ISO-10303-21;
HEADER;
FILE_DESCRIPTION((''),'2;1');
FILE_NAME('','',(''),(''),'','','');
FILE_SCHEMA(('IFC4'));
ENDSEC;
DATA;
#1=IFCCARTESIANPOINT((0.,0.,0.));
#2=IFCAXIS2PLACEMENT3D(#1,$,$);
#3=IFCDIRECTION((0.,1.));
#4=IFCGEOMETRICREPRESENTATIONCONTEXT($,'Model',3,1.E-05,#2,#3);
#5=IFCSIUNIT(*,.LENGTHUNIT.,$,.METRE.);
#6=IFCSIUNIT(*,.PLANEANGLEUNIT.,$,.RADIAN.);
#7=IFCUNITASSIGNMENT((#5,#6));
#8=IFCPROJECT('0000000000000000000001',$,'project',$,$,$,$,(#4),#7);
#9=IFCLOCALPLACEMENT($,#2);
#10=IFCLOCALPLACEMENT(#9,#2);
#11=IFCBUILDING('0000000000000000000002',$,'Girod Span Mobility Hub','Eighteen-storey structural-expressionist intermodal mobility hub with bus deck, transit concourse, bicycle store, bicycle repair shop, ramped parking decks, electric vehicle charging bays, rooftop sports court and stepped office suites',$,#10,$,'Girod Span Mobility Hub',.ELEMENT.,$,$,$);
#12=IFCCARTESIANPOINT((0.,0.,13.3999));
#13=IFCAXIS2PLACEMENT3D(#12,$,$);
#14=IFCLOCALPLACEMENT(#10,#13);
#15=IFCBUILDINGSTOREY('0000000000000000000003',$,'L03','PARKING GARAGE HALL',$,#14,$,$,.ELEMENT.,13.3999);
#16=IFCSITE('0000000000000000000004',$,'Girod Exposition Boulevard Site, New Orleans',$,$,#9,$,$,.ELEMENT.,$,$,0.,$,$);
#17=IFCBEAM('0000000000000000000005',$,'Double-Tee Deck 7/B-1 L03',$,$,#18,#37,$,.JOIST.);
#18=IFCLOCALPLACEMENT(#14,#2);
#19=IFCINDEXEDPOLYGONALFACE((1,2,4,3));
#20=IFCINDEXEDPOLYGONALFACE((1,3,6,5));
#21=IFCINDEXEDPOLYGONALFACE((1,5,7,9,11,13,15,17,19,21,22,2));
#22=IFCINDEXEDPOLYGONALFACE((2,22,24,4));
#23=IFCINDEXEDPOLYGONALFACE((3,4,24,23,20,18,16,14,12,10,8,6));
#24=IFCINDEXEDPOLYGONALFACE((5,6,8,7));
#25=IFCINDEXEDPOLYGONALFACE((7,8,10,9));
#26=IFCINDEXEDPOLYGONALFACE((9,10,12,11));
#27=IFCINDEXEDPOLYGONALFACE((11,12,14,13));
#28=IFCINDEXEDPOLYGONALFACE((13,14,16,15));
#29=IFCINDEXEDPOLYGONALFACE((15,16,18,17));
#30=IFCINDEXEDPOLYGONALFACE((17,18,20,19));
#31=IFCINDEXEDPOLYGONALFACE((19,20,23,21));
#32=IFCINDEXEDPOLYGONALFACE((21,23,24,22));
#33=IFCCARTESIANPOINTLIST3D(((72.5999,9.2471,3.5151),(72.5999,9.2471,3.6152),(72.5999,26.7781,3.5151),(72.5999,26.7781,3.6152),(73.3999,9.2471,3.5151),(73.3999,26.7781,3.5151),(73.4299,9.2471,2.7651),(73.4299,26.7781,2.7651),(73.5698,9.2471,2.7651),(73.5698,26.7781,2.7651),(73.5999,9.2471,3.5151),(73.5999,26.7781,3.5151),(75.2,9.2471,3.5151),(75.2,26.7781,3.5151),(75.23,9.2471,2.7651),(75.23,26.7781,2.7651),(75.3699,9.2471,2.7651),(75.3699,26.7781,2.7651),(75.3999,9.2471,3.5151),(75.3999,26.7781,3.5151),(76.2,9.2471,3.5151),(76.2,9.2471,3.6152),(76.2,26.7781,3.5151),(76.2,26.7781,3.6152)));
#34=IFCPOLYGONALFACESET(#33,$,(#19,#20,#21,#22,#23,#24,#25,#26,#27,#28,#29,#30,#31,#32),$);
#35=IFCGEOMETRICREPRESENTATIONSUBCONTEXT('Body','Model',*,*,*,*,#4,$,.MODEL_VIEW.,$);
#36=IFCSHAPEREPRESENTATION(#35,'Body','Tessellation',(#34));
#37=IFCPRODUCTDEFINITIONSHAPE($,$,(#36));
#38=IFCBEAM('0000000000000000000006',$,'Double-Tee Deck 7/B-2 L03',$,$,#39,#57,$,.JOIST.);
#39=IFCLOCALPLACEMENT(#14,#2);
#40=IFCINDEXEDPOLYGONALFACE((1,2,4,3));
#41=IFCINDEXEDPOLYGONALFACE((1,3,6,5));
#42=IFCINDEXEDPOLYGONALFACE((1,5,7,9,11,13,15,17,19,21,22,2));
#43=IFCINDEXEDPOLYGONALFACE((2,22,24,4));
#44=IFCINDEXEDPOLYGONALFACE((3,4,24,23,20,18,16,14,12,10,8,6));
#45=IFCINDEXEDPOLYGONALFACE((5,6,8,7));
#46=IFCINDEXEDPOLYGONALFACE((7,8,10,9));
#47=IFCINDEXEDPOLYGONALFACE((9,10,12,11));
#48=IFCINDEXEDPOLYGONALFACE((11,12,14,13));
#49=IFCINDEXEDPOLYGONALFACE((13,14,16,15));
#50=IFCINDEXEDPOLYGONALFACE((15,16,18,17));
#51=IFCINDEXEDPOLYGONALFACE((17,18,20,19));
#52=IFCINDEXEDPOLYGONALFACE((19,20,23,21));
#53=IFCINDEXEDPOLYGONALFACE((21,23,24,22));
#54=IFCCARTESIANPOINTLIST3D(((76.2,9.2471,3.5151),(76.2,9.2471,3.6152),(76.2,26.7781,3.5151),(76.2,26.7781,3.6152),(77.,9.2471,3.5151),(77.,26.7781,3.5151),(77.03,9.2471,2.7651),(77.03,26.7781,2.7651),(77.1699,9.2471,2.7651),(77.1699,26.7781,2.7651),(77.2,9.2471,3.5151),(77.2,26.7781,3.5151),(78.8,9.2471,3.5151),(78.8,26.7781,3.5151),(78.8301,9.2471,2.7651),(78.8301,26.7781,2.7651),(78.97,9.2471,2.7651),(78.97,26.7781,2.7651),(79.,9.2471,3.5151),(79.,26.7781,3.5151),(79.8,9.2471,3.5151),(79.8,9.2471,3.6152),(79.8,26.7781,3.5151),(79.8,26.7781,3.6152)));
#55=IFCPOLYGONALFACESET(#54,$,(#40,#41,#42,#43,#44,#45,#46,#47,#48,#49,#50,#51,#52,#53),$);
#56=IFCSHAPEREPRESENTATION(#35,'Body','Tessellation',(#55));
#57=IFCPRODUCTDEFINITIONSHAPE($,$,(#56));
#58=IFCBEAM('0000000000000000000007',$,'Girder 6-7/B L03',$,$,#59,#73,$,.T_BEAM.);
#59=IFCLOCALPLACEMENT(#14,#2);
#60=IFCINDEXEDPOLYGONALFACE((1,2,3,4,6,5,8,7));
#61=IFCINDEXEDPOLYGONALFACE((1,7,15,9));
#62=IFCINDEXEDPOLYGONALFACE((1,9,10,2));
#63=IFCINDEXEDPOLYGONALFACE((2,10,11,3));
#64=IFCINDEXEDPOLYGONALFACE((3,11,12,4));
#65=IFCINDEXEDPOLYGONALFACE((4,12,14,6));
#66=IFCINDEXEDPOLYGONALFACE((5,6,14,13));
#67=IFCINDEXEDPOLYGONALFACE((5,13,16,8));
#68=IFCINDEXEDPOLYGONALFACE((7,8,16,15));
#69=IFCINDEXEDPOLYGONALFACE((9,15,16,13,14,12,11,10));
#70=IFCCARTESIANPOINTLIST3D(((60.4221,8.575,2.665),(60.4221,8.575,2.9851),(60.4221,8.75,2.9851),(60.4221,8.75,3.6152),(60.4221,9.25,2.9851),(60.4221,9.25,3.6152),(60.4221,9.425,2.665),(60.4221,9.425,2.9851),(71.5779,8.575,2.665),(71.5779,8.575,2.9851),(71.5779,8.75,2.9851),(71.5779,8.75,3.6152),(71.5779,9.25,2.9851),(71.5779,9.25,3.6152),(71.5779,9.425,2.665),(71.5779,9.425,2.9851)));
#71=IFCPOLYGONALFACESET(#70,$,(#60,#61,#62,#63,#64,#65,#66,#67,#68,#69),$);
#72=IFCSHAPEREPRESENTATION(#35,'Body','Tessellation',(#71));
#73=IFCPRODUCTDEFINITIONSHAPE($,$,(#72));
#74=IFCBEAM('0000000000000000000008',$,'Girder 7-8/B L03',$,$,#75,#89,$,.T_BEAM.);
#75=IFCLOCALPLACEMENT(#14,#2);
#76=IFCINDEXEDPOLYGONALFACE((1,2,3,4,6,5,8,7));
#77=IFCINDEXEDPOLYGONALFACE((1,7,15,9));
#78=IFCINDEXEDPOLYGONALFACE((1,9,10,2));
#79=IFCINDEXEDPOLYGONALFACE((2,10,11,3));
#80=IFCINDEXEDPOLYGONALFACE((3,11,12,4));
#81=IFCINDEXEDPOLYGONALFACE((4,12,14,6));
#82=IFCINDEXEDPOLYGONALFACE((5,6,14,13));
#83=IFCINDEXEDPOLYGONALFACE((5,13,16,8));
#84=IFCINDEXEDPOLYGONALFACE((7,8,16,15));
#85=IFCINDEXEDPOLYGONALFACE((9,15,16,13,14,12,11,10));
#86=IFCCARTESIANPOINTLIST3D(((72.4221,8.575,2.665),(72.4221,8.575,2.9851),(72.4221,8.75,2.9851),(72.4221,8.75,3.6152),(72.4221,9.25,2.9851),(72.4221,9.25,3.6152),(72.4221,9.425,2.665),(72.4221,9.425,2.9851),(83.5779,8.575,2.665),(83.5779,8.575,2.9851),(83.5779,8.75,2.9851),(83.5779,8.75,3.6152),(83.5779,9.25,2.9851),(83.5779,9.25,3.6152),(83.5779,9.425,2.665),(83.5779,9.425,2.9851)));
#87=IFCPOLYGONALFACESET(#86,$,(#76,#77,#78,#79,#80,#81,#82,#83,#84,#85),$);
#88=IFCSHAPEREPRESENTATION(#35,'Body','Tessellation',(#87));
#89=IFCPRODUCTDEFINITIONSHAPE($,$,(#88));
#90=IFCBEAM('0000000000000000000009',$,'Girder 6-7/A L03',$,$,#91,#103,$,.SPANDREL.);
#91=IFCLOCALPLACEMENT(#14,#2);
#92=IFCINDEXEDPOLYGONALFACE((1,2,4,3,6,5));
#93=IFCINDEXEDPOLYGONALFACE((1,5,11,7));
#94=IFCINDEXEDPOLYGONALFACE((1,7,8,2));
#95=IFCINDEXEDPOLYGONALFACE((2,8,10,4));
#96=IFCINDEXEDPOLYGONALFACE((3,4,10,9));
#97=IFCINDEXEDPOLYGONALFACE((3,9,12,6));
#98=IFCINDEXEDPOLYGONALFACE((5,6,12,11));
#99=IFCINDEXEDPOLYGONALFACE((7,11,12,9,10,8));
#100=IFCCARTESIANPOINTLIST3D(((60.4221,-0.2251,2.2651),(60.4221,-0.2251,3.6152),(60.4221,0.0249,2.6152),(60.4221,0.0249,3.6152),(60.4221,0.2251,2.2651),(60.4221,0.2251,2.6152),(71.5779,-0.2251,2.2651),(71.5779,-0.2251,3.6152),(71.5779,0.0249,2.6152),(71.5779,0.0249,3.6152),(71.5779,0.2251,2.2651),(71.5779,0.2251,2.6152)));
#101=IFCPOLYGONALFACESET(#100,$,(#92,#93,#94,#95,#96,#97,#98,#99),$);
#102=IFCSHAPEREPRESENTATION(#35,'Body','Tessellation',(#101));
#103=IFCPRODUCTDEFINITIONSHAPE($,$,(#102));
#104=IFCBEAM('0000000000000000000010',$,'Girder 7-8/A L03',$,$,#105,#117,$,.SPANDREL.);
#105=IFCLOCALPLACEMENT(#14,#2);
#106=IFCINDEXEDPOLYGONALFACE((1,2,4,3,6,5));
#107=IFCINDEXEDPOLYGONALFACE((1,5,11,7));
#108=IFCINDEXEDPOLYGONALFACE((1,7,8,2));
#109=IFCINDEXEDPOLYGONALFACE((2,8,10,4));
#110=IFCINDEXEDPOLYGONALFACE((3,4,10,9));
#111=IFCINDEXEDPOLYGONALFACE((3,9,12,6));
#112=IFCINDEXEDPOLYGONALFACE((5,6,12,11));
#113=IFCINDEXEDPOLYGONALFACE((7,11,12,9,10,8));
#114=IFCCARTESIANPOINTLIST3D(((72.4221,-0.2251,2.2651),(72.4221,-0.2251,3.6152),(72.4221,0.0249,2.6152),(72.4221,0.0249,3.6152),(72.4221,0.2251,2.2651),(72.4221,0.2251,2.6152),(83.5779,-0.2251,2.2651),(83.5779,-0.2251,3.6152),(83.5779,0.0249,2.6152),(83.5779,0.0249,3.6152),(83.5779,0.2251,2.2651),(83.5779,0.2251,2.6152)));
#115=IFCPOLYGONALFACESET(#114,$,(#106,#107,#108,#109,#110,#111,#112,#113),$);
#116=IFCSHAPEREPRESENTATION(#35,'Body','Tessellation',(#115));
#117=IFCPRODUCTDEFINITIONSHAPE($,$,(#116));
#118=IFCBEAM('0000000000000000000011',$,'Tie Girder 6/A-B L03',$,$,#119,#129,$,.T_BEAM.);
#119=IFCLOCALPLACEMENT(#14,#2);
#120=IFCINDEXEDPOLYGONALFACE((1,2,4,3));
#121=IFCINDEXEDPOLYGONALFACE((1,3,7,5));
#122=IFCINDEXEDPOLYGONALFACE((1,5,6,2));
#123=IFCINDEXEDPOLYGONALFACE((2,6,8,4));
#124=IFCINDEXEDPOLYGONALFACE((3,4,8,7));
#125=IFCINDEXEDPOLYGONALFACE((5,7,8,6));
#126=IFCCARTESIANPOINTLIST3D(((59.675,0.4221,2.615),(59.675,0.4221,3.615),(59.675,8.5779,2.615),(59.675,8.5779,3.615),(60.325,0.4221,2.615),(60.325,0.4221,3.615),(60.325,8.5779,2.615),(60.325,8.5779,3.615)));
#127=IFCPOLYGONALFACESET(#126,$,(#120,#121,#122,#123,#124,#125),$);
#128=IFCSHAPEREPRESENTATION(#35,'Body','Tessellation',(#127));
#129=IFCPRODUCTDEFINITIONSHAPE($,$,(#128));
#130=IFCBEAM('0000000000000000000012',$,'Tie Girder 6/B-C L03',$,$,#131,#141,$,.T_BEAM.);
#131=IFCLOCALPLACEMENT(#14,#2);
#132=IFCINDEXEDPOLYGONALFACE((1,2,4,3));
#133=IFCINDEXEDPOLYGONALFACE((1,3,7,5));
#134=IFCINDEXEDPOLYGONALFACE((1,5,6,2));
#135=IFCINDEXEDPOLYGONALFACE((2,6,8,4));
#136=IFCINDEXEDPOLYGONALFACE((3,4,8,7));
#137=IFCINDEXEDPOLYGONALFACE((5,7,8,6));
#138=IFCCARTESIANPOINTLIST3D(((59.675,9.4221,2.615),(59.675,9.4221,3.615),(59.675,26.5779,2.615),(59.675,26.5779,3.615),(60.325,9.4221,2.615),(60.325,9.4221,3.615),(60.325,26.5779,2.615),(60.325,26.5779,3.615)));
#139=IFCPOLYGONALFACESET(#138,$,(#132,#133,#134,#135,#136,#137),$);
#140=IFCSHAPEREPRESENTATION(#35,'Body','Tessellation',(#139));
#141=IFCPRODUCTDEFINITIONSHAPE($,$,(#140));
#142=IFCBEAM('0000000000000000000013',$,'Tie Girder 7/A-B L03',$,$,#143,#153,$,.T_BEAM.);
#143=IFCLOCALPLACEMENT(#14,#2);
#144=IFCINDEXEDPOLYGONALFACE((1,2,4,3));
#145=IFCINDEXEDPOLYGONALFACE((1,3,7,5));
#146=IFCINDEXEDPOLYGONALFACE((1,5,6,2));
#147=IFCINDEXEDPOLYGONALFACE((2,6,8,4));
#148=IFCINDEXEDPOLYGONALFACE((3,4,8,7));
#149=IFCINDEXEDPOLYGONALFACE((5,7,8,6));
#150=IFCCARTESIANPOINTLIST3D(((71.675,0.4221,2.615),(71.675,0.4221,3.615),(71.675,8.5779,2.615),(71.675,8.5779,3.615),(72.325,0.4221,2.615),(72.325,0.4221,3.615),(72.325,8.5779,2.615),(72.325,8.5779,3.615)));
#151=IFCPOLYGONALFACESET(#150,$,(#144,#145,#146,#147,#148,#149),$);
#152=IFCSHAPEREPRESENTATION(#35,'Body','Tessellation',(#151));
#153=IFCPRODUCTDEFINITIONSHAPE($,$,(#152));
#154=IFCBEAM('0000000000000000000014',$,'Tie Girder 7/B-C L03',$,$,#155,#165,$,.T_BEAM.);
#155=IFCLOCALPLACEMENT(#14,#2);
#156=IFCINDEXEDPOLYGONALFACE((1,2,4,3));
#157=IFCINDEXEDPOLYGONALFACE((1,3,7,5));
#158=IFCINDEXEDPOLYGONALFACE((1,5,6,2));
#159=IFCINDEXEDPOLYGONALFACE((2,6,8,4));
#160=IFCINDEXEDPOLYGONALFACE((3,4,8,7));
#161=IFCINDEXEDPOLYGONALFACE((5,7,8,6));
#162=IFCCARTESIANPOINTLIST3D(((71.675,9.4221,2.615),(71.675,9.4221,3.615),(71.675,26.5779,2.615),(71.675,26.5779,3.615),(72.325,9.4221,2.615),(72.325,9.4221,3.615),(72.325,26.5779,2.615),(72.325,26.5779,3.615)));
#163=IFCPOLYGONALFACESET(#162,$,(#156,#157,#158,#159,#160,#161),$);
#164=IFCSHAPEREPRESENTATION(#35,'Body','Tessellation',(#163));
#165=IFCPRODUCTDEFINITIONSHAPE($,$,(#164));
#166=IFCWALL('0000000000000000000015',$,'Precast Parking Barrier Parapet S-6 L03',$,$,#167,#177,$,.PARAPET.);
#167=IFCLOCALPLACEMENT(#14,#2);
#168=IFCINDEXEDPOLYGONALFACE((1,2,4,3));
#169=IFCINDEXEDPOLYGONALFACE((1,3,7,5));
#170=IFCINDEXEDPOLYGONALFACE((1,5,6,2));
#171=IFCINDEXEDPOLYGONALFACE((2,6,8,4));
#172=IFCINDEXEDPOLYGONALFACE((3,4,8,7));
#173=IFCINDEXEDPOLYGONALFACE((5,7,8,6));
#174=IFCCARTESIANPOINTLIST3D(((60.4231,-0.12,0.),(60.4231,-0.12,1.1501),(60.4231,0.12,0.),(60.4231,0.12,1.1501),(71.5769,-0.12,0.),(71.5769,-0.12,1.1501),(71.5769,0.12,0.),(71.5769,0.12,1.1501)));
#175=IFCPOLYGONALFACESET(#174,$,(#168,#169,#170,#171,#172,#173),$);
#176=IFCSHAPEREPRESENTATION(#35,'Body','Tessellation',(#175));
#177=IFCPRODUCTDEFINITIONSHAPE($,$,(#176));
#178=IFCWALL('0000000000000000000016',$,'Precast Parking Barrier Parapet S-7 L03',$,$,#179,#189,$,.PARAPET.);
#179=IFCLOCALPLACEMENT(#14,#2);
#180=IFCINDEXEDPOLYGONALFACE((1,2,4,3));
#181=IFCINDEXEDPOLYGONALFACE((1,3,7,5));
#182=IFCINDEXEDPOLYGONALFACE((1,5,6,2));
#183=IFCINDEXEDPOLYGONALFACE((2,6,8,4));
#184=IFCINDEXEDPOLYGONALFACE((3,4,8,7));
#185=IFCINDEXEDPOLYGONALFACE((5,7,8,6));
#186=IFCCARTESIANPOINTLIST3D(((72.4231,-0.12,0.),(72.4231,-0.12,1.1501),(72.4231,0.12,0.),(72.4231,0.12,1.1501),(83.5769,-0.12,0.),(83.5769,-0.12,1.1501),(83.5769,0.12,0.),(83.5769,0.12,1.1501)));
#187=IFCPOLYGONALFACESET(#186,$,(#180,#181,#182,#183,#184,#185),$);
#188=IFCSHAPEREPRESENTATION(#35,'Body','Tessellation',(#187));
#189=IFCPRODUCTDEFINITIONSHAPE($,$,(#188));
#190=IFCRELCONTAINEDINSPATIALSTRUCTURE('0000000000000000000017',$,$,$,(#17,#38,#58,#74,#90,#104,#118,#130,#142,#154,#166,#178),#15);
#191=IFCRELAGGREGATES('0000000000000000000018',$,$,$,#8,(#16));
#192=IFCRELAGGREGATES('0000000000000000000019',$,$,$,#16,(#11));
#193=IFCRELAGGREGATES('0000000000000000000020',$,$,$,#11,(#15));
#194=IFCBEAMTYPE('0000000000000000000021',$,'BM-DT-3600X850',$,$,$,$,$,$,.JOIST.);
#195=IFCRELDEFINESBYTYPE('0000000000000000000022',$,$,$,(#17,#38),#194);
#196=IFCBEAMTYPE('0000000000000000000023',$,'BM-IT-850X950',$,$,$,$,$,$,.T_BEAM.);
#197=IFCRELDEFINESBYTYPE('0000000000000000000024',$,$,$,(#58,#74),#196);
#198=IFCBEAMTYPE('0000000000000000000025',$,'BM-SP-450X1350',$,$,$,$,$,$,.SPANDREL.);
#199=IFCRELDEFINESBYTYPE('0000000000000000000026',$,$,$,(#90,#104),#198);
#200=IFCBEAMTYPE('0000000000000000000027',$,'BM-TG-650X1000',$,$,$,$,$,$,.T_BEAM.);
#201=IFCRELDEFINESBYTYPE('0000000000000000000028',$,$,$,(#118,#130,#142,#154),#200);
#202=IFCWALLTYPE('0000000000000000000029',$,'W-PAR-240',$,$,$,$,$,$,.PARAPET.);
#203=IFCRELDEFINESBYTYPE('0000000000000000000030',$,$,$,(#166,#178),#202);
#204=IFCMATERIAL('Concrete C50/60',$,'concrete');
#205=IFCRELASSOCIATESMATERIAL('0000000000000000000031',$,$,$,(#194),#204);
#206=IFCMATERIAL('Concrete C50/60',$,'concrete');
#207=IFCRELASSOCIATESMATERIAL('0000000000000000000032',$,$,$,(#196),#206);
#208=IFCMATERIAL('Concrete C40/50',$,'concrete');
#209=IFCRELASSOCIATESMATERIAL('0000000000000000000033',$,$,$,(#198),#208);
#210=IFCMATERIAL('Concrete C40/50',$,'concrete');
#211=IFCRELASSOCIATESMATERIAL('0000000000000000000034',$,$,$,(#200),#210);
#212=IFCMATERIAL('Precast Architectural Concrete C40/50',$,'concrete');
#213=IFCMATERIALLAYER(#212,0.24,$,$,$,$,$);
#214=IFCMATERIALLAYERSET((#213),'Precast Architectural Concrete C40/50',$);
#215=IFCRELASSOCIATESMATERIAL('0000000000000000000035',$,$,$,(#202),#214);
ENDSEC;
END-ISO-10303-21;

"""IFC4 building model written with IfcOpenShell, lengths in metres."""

from ifc_helpers import new_model, si_unit, direction, frame, frame_2d, origin, origin_2d, place, context, subcontext, project, spatial, polyline, rectangle, outline, extrude, material, layer, layer_set, material_profile, profile_set, type_object, element, save


model = new_model("IFC4")

# Units and contexts
model_context = context("Model", 3, precision=1e-05, world=origin(), true_north=direction((0.0, 1.0)))
body_context = subcontext(model_context, "Body", "Model", "MODEL_VIEW")
ifc_project = project(units=[si_unit("LENGTHUNIT", "METRE"), si_unit("PLANEANGLEUNIT", "RADIAN")], contexts=[model_context])

# Site, building, storey
site_placement = place(None, origin())
site = spatial("IfcSite", under=ifc_project, at=site_placement, Name="Girod Exposition Boulevard Site, New Orleans", CompositionType="ELEMENT", RefElevation=0.0)
building_placement = place(site_placement, origin())
building = spatial("IfcBuilding", under=site, at=building_placement, Name="Girod Span Mobility Hub", Description="Eighteen-storey structural-expressionist intermodal mobility hub with bus deck, transit concourse, bicycle store, bicycle repair shop, ramped parking decks, electric vehicle charging bays, rooftop sports court and stepped office suites", LongName="Girod Span Mobility Hub", CompositionType="ELEMENT")
storey_placement = place(building_placement, frame((0.0, 0.0, 13.3999)))
storey = spatial("IfcBuildingStorey", under=building, at=storey_placement, Name="L03", Description="PARKING GARAGE HALL", CompositionType="ELEMENT", Elevation=13.3999)

# Beams
ifc_material_1 = material(Name="Concrete C50/60", Category="concrete")
ifc_material_profile_1 = material_profile(ifc_material_1, outline(polyline([(-1.8, 0.425), (-1.8, 0.325), (-1.0, 0.325), (-0.97, -0.425), (-0.8301, -0.425), (-0.8, 0.325), (0.8, 0.325), (0.8301, -0.425), (0.97, -0.425), (1.0, 0.325), (1.8, 0.325), (1.8, 0.425), (-1.8, 0.425)])), Name="DT-3600X850")
ifc_profile_set_1 = profile_set([ifc_material_profile_1], Name="Concrete C50/60")
beam_type_1 = type_object("IfcBeamType", Name="BM-DT-3600X850", PredefinedType="JOIST", material=ifc_profile_set_1)
for number, where, z_axis, x_axis, name in (
    (1, (74.3999, 9.2471, 3.1902), (0.0, 1.0, 0.0), (-1.0, 0.0, 0.0), "Double-Tee Deck 7/B-1 L03"),
    (2, (78.0, 9.2471, 3.1902), (0.0, 1.0, 0.0), (-1.0, 0.0, 0.0), "Double-Tee Deck 7/B-2 L03"),
):
    element("IfcBeam", number, at=place(storey_placement, frame(where, z_axis=z_axis, x_axis=x_axis)), inside=storey, type_object=beam_type_1, Name=name, PredefinedType="JOIST", context=body_context, shape_type="SweptSolid", body=[
        extrude(outline(polyline([(-1.8, 0.425), (-1.8, 0.325), (-1.0, 0.325), (-0.97, -0.425), (-0.8301, -0.425), (-0.8, 0.325), (0.8, 0.325), (0.8301, -0.425), (0.97, -0.425), (1.0, 0.325), (1.8, 0.325), (1.8, 0.425), (-1.8, 0.425)])), origin(), (0.0, 0.0, 1.0), 17.531),
    ])
ifc_material_2 = material(Name="Concrete C50/60", Category="concrete")
ifc_material_profile_2 = material_profile(ifc_material_2, outline(polyline([(-0.425, -0.4751), (0.425, -0.4751), (0.425, -0.155), (0.25, -0.155), (0.25, 0.4751), (-0.25, 0.4751), (-0.25, -0.155), (-0.425, -0.155), (-0.425, -0.4751)])), Name="IT-850X950")
ifc_profile_set_2 = profile_set([ifc_material_profile_2], Name="Concrete C50/60")
beam_type_2 = type_object("IfcBeamType", Name="BM-IT-850X950", PredefinedType="T_BEAM", material=ifc_profile_set_2)
for number, where, z_axis, x_axis, name in (
    (3, (60.4221, 9.0, 3.1401), (1.0, 0.0, 0.0), (0.0, 1.0, 0.0), "Girder 6-7/B L03"),
    (4, (72.4221, 9.0, 3.1401), (1.0, 0.0, 0.0), (0.0, 1.0, 0.0), "Girder 7-8/B L03"),
):
    element("IfcBeam", number, at=place(storey_placement, frame(where, z_axis=z_axis, x_axis=x_axis)), inside=storey, type_object=beam_type_2, Name=name, PredefinedType="T_BEAM", context=body_context, shape_type="SweptSolid", body=[
        extrude(outline(polyline([(-0.425, -0.4751), (0.425, -0.4751), (0.425, -0.155), (0.25, -0.155), (0.25, 0.4751), (-0.25, 0.4751), (-0.25, -0.155), (-0.425, -0.155), (-0.425, -0.4751)])), origin(), (0.0, 0.0, 1.0), 11.1558),
    ])
ifc_material_3 = material(Name="Concrete C40/50", Category="concrete")
ifc_material_profile_3 = material_profile(ifc_material_3, outline(polyline([(-0.2251, -0.675), (0.2251, -0.675), (0.2251, -0.325), (0.0249, -0.325), (0.0249, 0.675), (-0.2251, 0.675), (-0.2251, -0.675)])), Name="SP-450X1350")
ifc_profile_set_3 = profile_set([ifc_material_profile_3], Name="Concrete C40/50")
beam_type_3 = type_object("IfcBeamType", Name="BM-SP-450X1350", PredefinedType="SPANDREL", material=ifc_profile_set_3)
for number, where, z_axis, x_axis, name in (
    (5, (60.4221, 0.0, 2.9402), (1.0, 0.0, 0.0), (0.0, 1.0, 0.0), "Girder 6-7/A L03"),
    (6, (72.4221, 0.0, 2.9402), (1.0, 0.0, 0.0), (0.0, 1.0, 0.0), "Girder 7-8/A L03"),
):
    element("IfcBeam", number, at=place(storey_placement, frame(where, z_axis=z_axis, x_axis=x_axis)), inside=storey, type_object=beam_type_3, Name=name, PredefinedType="SPANDREL", context=body_context, shape_type="SweptSolid", body=[
        extrude(outline(polyline([(-0.2251, -0.675), (0.2251, -0.675), (0.2251, -0.325), (0.0249, -0.325), (0.0249, 0.675), (-0.2251, 0.675), (-0.2251, -0.675)])), origin(), (0.0, 0.0, 1.0), 11.1558),
    ])
ifc_material_4 = material(Name="Concrete C40/50", Category="concrete")
ifc_material_profile_4 = material_profile(ifc_material_4, rectangle(XDim=0.6499, YDim=1.0, at=origin_2d()), Name="TG-650X1000")
ifc_profile_set_4 = profile_set([ifc_material_profile_4], Name="Concrete C40/50")
beam_type_4 = type_object("IfcBeamType", Name="BM-TG-650X1000", PredefinedType="T_BEAM", material=ifc_profile_set_4)
beam_1_placement = place(storey_placement, frame((60.0, 0.4221, 3.115), z_axis=(0.0, 1.0, 0.0), x_axis=(-1.0, 0.0, 0.0)))
element("IfcBeam", 7, at=beam_1_placement, inside=storey, type_object=beam_type_4, Name="Tie Girder 6/A-B L03", PredefinedType="T_BEAM", context=body_context, shape_type="SweptSolid", body=[
    extrude(rectangle(XDim=0.6499, YDim=1.0, at=origin_2d()), origin(), (0.0, 0.0, 1.0), 8.1558),
])
beam_2_placement = place(storey_placement, frame((60.0, 9.4221, 3.115), z_axis=(0.0, 1.0, 0.0), x_axis=(-1.0, 0.0, 0.0)))
element("IfcBeam", 8, at=beam_2_placement, inside=storey, type_object=beam_type_4, Name="Tie Girder 6/B-C L03", PredefinedType="T_BEAM", context=body_context, shape_type="SweptSolid", body=[
    extrude(rectangle(XDim=0.6499, YDim=1.0, at=origin_2d()), origin(), (0.0, 0.0, 1.0), 17.1558),
])
beam_3_placement = place(storey_placement, frame((72.0, 0.4221, 3.115), z_axis=(0.0, 1.0, 0.0), x_axis=(-1.0, 0.0, 0.0)))
element("IfcBeam", 9, at=beam_3_placement, inside=storey, type_object=beam_type_4, Name="Tie Girder 7/A-B L03", PredefinedType="T_BEAM", context=body_context, shape_type="SweptSolid", body=[
    extrude(rectangle(XDim=0.6499, YDim=1.0, at=origin_2d()), origin(), (0.0, 0.0, 1.0), 8.1558),
])
beam_4_placement = place(storey_placement, frame((72.0, 9.4221, 3.115), z_axis=(0.0, 1.0, 0.0), x_axis=(-1.0, 0.0, 0.0)))
element("IfcBeam", 10, at=beam_4_placement, inside=storey, type_object=beam_type_4, Name="Tie Girder 7/B-C L03", PredefinedType="T_BEAM", context=body_context, shape_type="SweptSolid", body=[
    extrude(rectangle(XDim=0.6499, YDim=1.0, at=origin_2d()), origin(), (0.0, 0.0, 1.0), 17.1558),
])

# Walls
ifc_material_5 = material(Name="Precast Architectural Concrete C40/50", Category="concrete")
ifc_layer = layer(ifc_material_5, 0.24)
ifc_layer_set = layer_set([ifc_layer], Name="Precast Architectural Concrete C40/50")
wall_type = type_object("IfcWallType", Name="W-PAR-240", PredefinedType="PARAPET", material=ifc_layer_set)
for number, where, z_axis, x_axis, name in (
    (11, (60.4231, 0.0, 0.0), (0.0, 0.0, 1.0), (1.0, 0.0, 0.0), "Precast Parking Barrier Parapet S-6 L03"),
    (12, (72.4231, 0.0, 0.0), (0.0, 0.0, 1.0), (1.0, 0.0, 0.0), "Precast Parking Barrier Parapet S-7 L03"),
):
    element("IfcWall", number, at=place(storey_placement, frame(where, z_axis=z_axis, x_axis=x_axis)), inside=storey, type_object=wall_type, Name=name, PredefinedType="PARAPET", context=body_context, shape_type="SweptSolid", body=[
        extrude(rectangle(XDim=11.1538, YDim=0.24, at=frame_2d((5.5769, 0.0))), origin(), (0.0, 0.0, 1.0), 1.1501),
    ])

save(model, "model.ifc")
